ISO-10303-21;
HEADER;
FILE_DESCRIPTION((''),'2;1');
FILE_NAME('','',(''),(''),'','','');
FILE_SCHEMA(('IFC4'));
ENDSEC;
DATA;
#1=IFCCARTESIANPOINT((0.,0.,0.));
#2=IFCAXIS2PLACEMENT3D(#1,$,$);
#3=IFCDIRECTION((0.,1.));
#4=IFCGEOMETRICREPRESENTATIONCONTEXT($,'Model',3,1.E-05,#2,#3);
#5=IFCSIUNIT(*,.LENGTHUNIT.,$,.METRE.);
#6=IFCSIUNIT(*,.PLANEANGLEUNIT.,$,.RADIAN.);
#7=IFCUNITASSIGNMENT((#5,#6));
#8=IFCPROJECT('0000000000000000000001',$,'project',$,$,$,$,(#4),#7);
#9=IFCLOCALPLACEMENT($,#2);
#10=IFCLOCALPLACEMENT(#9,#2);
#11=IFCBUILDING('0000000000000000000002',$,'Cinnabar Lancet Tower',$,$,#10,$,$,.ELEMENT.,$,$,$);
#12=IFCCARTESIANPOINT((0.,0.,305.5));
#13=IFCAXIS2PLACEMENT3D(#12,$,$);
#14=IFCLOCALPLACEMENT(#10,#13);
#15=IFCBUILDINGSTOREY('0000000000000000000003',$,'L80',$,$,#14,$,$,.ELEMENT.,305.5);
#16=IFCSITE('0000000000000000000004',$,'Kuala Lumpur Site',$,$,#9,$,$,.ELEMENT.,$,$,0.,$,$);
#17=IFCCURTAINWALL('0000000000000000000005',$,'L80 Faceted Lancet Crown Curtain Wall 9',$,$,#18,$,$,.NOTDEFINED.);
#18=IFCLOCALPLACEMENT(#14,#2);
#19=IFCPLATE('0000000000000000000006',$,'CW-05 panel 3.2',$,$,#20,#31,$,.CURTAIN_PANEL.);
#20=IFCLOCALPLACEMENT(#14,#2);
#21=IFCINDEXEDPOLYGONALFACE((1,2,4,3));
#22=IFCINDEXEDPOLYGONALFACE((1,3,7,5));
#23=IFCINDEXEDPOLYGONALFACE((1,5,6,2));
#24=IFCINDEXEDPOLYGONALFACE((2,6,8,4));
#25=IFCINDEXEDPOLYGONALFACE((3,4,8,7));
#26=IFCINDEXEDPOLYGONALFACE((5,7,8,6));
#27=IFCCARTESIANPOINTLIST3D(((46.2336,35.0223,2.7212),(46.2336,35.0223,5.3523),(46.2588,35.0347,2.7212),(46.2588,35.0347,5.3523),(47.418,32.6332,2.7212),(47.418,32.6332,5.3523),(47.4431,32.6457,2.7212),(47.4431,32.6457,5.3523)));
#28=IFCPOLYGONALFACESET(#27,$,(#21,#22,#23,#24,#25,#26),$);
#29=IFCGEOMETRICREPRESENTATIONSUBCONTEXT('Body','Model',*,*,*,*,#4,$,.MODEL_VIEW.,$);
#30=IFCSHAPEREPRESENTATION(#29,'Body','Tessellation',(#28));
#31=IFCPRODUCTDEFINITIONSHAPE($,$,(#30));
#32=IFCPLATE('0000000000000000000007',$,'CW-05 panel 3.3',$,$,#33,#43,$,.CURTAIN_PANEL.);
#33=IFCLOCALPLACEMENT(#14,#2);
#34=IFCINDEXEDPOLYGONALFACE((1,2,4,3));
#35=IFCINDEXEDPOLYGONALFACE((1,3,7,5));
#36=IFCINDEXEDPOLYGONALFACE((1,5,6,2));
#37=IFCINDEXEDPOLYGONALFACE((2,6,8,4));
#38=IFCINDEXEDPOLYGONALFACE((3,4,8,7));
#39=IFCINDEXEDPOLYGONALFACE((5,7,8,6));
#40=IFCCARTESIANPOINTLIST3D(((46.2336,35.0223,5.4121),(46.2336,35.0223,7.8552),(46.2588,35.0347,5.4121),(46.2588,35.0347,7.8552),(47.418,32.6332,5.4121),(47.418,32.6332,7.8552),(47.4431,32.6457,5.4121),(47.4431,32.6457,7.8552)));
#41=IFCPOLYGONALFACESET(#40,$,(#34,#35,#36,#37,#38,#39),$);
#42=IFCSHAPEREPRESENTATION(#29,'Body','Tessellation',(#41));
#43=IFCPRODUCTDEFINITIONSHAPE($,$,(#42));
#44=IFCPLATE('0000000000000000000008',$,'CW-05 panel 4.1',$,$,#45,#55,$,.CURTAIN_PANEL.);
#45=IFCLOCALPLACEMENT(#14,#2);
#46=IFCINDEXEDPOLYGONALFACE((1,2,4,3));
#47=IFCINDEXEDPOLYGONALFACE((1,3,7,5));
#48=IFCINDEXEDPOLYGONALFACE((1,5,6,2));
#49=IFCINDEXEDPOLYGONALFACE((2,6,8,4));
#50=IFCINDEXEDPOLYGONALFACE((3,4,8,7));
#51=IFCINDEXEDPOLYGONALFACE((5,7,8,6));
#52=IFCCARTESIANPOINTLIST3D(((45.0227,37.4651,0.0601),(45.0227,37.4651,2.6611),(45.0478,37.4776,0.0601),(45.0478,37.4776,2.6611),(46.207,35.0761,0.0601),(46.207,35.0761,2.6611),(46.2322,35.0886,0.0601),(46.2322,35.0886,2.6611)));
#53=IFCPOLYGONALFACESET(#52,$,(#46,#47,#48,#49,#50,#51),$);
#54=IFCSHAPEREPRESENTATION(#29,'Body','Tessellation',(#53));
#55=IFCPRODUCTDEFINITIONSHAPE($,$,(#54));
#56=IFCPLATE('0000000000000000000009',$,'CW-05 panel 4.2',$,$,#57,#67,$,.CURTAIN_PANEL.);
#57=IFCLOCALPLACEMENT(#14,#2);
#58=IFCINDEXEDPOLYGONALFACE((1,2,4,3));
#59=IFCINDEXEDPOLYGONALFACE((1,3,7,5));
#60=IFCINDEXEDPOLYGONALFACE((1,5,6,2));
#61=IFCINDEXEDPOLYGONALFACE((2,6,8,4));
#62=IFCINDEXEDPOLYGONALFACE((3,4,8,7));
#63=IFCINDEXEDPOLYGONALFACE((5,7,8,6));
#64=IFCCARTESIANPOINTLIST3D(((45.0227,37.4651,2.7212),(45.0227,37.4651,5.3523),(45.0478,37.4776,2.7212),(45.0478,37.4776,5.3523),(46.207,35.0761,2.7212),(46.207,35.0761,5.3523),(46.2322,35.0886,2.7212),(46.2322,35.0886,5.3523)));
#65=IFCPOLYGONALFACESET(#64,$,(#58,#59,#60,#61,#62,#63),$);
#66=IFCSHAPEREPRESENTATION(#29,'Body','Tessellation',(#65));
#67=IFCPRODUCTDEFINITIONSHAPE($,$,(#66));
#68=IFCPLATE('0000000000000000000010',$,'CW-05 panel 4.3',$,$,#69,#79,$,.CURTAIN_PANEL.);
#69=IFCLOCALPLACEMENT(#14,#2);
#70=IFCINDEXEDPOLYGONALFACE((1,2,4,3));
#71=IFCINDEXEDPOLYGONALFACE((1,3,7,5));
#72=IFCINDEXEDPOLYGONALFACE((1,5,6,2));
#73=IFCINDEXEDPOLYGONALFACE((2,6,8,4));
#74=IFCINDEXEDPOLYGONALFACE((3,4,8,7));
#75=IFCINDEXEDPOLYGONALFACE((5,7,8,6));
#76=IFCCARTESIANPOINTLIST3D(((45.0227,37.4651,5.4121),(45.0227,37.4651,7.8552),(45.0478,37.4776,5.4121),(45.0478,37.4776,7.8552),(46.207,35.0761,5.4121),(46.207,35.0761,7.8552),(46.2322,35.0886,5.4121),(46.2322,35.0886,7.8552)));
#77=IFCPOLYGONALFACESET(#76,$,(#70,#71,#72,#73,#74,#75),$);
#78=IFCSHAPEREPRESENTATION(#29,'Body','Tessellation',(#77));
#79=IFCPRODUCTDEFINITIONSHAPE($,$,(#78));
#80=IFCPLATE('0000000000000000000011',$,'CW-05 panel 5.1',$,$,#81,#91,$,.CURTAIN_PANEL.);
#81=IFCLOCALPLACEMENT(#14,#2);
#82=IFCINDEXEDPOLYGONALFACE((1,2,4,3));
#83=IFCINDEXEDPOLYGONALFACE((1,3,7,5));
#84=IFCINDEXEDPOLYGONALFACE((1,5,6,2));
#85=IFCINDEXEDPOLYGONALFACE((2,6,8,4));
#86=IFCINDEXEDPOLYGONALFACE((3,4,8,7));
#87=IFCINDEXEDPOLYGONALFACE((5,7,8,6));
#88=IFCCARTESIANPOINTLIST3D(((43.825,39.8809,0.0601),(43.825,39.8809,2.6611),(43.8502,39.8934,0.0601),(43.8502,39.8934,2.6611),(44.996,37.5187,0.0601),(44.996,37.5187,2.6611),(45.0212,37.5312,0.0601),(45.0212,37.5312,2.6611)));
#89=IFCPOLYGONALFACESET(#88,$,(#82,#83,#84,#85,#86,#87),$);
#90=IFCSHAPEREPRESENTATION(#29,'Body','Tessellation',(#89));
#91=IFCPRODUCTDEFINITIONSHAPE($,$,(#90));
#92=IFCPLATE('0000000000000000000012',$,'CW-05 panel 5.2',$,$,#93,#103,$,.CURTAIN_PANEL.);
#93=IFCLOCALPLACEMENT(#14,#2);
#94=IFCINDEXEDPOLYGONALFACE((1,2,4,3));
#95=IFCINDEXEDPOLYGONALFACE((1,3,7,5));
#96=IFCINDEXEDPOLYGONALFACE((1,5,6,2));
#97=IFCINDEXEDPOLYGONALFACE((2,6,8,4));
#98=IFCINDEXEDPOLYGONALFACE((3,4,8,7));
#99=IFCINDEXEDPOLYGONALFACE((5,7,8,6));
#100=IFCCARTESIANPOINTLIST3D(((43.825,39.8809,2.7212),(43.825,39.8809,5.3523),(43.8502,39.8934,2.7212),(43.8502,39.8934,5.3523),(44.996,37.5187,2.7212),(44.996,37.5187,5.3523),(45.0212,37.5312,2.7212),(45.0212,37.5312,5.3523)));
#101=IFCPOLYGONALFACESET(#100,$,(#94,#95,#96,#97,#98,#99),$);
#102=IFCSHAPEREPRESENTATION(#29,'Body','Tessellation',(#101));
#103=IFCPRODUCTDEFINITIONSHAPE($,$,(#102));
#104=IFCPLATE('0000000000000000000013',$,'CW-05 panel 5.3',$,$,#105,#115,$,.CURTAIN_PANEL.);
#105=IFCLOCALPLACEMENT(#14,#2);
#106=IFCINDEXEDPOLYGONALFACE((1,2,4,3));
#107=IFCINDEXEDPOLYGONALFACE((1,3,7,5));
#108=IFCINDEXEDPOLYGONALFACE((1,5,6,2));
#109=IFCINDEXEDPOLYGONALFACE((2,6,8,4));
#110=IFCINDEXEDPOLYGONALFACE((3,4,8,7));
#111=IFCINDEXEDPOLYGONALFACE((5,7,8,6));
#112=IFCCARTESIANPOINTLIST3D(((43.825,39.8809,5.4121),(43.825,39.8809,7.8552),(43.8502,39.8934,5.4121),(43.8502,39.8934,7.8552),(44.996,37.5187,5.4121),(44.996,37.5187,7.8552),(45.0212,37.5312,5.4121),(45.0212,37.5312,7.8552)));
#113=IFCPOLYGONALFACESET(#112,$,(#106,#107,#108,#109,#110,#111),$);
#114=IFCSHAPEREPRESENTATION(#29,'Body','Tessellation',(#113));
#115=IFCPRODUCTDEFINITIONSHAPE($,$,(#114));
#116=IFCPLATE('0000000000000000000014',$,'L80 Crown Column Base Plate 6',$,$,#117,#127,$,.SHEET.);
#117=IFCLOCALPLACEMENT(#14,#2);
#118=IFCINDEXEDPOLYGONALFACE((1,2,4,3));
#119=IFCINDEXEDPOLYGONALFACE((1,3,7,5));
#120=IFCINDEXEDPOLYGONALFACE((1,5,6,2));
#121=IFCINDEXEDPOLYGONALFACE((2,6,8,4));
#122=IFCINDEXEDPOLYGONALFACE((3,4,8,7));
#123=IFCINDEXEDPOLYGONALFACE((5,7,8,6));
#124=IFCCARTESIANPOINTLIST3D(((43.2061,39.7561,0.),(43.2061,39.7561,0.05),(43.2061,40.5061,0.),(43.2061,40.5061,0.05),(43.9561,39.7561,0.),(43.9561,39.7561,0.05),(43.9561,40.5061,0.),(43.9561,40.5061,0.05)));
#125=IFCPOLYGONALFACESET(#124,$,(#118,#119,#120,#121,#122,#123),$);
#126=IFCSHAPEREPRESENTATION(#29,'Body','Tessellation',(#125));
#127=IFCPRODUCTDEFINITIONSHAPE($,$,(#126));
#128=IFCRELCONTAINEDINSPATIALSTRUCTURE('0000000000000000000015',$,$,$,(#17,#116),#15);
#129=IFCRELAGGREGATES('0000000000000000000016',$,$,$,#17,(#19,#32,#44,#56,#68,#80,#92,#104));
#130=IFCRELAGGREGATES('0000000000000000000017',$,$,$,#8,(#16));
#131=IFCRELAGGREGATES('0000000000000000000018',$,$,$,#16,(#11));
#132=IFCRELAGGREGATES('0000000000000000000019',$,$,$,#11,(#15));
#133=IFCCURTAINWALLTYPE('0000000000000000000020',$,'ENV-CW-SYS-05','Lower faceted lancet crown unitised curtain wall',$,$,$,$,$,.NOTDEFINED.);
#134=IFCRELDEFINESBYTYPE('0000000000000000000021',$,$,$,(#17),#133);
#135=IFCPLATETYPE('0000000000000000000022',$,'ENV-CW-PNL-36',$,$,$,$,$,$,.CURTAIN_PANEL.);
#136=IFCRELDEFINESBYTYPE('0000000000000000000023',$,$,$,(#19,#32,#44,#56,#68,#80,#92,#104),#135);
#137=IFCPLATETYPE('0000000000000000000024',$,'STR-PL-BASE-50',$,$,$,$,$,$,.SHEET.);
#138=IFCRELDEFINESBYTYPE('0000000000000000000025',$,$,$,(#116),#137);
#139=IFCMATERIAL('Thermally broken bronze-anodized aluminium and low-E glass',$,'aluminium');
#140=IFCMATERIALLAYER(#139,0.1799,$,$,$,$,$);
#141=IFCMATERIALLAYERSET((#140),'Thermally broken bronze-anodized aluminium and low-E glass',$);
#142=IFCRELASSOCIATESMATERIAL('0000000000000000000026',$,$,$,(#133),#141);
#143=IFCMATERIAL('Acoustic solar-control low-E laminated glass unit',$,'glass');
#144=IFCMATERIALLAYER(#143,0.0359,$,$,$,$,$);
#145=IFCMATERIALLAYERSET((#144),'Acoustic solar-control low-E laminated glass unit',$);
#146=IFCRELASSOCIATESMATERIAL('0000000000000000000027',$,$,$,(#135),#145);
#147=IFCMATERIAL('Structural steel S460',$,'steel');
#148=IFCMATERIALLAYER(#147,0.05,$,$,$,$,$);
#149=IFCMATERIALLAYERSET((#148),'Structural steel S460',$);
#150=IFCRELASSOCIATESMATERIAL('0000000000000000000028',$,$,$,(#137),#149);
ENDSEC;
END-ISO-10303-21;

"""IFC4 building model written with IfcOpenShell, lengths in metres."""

from ifc_helpers import new_model, si_unit, direction, frame, origin, origin_2d, place, context, subcontext, project, spatial, rectangle, extrude, material, layer, layer_set, type_object, element, aggregate, save


model = new_model("IFC4")

# Units and contexts
model_context = context("Model", 3, precision=1e-05, world=origin(), true_north=direction((0.0, 1.0)))
body_context = subcontext(model_context, "Body", "Model", "MODEL_VIEW")
ifc_project = project(units=[si_unit("LENGTHUNIT", "METRE"), si_unit("PLANEANGLEUNIT", "RADIAN")], contexts=[model_context])

# Site, building, storey
site_placement = place(None, origin())
site = spatial("IfcSite", under=ifc_project, at=site_placement, Name="Kuala Lumpur Site", CompositionType="ELEMENT", RefElevation=0.0)
building_placement = place(site_placement, origin())
building = spatial("IfcBuilding", under=site, at=building_placement, Name="Cinnabar Lancet Tower", CompositionType="ELEMENT")
storey_placement = place(building_placement, frame((0.0, 0.0, 305.5)))
storey = spatial("IfcBuildingStorey", under=building, at=storey_placement, Name="L80", CompositionType="ELEMENT", Elevation=305.5)

# Curtain wall
ifc_material_1 = material(Name="Thermally broken bronze-anodized aluminium and low-E glass", Category="aluminium")
ifc_layer_1 = layer(ifc_material_1, 0.1799)
ifc_layer_set_1 = layer_set([ifc_layer_1], Name="Thermally broken bronze-anodized aluminium and low-E glass")
curtain_wall_type = type_object("IfcCurtainWallType", Name="ENV-CW-SYS-05", Description="Lower faceted lancet crown unitised curtain wall", PredefinedType="NOTDEFINED", material=ifc_layer_set_1)
curtain_wall_1_placement = place(storey_placement, origin())
curtain_wall_1 = element("IfcCurtainWall", 1, at=curtain_wall_1_placement, inside=storey, type_object=curtain_wall_type, Name="L80 Faceted Lancet Crown Curtain Wall 9", PredefinedType="NOTDEFINED")

# Plates
ifc_material_2 = material(Name="Acoustic solar-control low-E laminated glass unit", Category="glass")
ifc_layer_2 = layer(ifc_material_2, 0.0359)
ifc_layer_set_2 = layer_set([ifc_layer_2], Name="Acoustic solar-control low-E laminated glass unit")
plate_type_1 = type_object("IfcPlateType", Name="ENV-CW-PNL-36", PredefinedType="CURTAIN_PANEL", material=ifc_layer_set_2)
plate_1_placement = place(storey_placement, frame((46.8384, 33.834, 2.7212), z_axis=(0.0, 0.0, 1.0), x_axis=(-0.444159, 0.895948, 0.0)))
plate_1 = element("IfcPlate", 2, at=plate_1_placement, type_object=plate_type_1, Name="CW-05 panel 3.2", PredefinedType="CURTAIN_PANEL", context=body_context, shape_type="SweptSolid", body=[
    extrude(rectangle(XDim=2.6665, YDim=0.0281, at=origin_2d()), origin(), (0.0, 0.0, 1.0), 2.6311),
])
plate_2_placement = place(storey_placement, frame((46.8384, 33.834, 5.4121), z_axis=(0.0, 0.0, 1.0), x_axis=(-0.444159, 0.895948, 0.0)))
plate_2 = element("IfcPlate", 3, at=plate_2_placement, type_object=plate_type_1, Name="CW-05 panel 3.3", PredefinedType="CURTAIN_PANEL", context=body_context, shape_type="SweptSolid", body=[
    extrude(rectangle(XDim=2.6665, YDim=0.0281, at=origin_2d()), origin(), (0.0, 0.0, 1.0), 2.4431),
])
plate_3_placement = place(storey_placement, frame((45.6274, 36.2769, 0.0601), z_axis=(0.0, 0.0, 1.0), x_axis=(-0.444159, 0.895948, 0.0)))
plate_3 = element("IfcPlate", 4, at=plate_3_placement, type_object=plate_type_1, Name="CW-05 panel 4.1", PredefinedType="CURTAIN_PANEL", context=body_context, shape_type="SweptSolid", body=[
    extrude(rectangle(XDim=2.6665, YDim=0.0281, at=origin_2d()), origin(), (0.0, 0.0, 1.0), 2.6011),
])
plate_4_placement = place(storey_placement, frame((45.6274, 36.2769, 2.7212), z_axis=(0.0, 0.0, 1.0), x_axis=(-0.444159, 0.895948, 0.0)))
plate_4 = element("IfcPlate", 5, at=plate_4_placement, type_object=plate_type_1, Name="CW-05 panel 4.2", PredefinedType="CURTAIN_PANEL", context=body_context, shape_type="SweptSolid", body=[
    extrude(rectangle(XDim=2.6665, YDim=0.0281, at=origin_2d()), origin(), (0.0, 0.0, 1.0), 2.6311),
])
plate_5_placement = place(storey_placement, frame((45.6274, 36.2769, 5.4121), z_axis=(0.0, 0.0, 1.0), x_axis=(-0.444159, 0.895948, 0.0)))
plate_5 = element("IfcPlate", 6, at=plate_5_placement, type_object=plate_type_1, Name="CW-05 panel 4.3", PredefinedType="CURTAIN_PANEL", context=body_context, shape_type="SweptSolid", body=[
    extrude(rectangle(XDim=2.6665, YDim=0.0281, at=origin_2d()), origin(), (0.0, 0.0, 1.0), 2.4431),
])
plate_6_placement = place(storey_placement, frame((44.4231, 38.7061, 0.0601), z_axis=(0.0, 0.0, 1.0), x_axis=(-0.444159, 0.895948, 0.0)))
plate_6 = element("IfcPlate", 7, at=plate_6_placement, type_object=plate_type_1, Name="CW-05 panel 5.1", PredefinedType="CURTAIN_PANEL", context=body_context, shape_type="SweptSolid", body=[
    extrude(rectangle(XDim=2.6365, YDim=0.0281, at=origin_2d()), origin(), (0.0, 0.0, 1.0), 2.6011),
])
plate_7_placement = place(storey_placement, frame((44.4231, 38.7061, 2.7212), z_axis=(0.0, 0.0, 1.0), x_axis=(-0.444159, 0.895948, 0.0)))
plate_7 = element("IfcPlate", 8, at=plate_7_placement, type_object=plate_type_1, Name="CW-05 panel 5.2", PredefinedType="CURTAIN_PANEL", context=body_context, shape_type="SweptSolid", body=[
    extrude(rectangle(XDim=2.6365, YDim=0.0281, at=origin_2d()), origin(), (0.0, 0.0, 1.0), 2.6311),
])
plate_8_placement = place(storey_placement, frame((44.4231, 38.7061, 5.4121), z_axis=(0.0, 0.0, 1.0), x_axis=(-0.444159, 0.895948, 0.0)))
plate_8 = element("IfcPlate", 9, at=plate_8_placement, type_object=plate_type_1, Name="CW-05 panel 5.3", PredefinedType="CURTAIN_PANEL", context=body_context, shape_type="SweptSolid", body=[
    extrude(rectangle(XDim=2.6365, YDim=0.0281, at=origin_2d()), origin(), (0.0, 0.0, 1.0), 2.4431),
])
aggregate(curtain_wall_1, [plate_1, plate_2, plate_3, plate_4, plate_5, plate_6, plate_7, plate_8])
ifc_material_3 = material(Name="Structural steel S460", Category="steel")
ifc_layer_3 = layer(ifc_material_3, 0.05)
ifc_layer_set_3 = layer_set([ifc_layer_3], Name="Structural steel S460")
plate_type_2 = type_object("IfcPlateType", Name="STR-PL-BASE-50", PredefinedType="SHEET", material=ifc_layer_set_3)
plate_9_placement = place(storey_placement, frame((43.5811, 40.1311, 0.0), z_axis=(0.0, 0.0, 1.0), x_axis=(1.0, 0.0, 0.0)))
element("IfcPlate", 10, at=plate_9_placement, inside=storey, type_object=plate_type_2, Name="L80 Crown Column Base Plate 6", PredefinedType="SHEET", context=body_context, shape_type="SweptSolid", body=[
    extrude(rectangle(XDim=0.75, YDim=0.75, at=origin_2d()), origin(), (0.0, 0.0, 1.0), 0.05),
])

save(model, "model.ifc")
